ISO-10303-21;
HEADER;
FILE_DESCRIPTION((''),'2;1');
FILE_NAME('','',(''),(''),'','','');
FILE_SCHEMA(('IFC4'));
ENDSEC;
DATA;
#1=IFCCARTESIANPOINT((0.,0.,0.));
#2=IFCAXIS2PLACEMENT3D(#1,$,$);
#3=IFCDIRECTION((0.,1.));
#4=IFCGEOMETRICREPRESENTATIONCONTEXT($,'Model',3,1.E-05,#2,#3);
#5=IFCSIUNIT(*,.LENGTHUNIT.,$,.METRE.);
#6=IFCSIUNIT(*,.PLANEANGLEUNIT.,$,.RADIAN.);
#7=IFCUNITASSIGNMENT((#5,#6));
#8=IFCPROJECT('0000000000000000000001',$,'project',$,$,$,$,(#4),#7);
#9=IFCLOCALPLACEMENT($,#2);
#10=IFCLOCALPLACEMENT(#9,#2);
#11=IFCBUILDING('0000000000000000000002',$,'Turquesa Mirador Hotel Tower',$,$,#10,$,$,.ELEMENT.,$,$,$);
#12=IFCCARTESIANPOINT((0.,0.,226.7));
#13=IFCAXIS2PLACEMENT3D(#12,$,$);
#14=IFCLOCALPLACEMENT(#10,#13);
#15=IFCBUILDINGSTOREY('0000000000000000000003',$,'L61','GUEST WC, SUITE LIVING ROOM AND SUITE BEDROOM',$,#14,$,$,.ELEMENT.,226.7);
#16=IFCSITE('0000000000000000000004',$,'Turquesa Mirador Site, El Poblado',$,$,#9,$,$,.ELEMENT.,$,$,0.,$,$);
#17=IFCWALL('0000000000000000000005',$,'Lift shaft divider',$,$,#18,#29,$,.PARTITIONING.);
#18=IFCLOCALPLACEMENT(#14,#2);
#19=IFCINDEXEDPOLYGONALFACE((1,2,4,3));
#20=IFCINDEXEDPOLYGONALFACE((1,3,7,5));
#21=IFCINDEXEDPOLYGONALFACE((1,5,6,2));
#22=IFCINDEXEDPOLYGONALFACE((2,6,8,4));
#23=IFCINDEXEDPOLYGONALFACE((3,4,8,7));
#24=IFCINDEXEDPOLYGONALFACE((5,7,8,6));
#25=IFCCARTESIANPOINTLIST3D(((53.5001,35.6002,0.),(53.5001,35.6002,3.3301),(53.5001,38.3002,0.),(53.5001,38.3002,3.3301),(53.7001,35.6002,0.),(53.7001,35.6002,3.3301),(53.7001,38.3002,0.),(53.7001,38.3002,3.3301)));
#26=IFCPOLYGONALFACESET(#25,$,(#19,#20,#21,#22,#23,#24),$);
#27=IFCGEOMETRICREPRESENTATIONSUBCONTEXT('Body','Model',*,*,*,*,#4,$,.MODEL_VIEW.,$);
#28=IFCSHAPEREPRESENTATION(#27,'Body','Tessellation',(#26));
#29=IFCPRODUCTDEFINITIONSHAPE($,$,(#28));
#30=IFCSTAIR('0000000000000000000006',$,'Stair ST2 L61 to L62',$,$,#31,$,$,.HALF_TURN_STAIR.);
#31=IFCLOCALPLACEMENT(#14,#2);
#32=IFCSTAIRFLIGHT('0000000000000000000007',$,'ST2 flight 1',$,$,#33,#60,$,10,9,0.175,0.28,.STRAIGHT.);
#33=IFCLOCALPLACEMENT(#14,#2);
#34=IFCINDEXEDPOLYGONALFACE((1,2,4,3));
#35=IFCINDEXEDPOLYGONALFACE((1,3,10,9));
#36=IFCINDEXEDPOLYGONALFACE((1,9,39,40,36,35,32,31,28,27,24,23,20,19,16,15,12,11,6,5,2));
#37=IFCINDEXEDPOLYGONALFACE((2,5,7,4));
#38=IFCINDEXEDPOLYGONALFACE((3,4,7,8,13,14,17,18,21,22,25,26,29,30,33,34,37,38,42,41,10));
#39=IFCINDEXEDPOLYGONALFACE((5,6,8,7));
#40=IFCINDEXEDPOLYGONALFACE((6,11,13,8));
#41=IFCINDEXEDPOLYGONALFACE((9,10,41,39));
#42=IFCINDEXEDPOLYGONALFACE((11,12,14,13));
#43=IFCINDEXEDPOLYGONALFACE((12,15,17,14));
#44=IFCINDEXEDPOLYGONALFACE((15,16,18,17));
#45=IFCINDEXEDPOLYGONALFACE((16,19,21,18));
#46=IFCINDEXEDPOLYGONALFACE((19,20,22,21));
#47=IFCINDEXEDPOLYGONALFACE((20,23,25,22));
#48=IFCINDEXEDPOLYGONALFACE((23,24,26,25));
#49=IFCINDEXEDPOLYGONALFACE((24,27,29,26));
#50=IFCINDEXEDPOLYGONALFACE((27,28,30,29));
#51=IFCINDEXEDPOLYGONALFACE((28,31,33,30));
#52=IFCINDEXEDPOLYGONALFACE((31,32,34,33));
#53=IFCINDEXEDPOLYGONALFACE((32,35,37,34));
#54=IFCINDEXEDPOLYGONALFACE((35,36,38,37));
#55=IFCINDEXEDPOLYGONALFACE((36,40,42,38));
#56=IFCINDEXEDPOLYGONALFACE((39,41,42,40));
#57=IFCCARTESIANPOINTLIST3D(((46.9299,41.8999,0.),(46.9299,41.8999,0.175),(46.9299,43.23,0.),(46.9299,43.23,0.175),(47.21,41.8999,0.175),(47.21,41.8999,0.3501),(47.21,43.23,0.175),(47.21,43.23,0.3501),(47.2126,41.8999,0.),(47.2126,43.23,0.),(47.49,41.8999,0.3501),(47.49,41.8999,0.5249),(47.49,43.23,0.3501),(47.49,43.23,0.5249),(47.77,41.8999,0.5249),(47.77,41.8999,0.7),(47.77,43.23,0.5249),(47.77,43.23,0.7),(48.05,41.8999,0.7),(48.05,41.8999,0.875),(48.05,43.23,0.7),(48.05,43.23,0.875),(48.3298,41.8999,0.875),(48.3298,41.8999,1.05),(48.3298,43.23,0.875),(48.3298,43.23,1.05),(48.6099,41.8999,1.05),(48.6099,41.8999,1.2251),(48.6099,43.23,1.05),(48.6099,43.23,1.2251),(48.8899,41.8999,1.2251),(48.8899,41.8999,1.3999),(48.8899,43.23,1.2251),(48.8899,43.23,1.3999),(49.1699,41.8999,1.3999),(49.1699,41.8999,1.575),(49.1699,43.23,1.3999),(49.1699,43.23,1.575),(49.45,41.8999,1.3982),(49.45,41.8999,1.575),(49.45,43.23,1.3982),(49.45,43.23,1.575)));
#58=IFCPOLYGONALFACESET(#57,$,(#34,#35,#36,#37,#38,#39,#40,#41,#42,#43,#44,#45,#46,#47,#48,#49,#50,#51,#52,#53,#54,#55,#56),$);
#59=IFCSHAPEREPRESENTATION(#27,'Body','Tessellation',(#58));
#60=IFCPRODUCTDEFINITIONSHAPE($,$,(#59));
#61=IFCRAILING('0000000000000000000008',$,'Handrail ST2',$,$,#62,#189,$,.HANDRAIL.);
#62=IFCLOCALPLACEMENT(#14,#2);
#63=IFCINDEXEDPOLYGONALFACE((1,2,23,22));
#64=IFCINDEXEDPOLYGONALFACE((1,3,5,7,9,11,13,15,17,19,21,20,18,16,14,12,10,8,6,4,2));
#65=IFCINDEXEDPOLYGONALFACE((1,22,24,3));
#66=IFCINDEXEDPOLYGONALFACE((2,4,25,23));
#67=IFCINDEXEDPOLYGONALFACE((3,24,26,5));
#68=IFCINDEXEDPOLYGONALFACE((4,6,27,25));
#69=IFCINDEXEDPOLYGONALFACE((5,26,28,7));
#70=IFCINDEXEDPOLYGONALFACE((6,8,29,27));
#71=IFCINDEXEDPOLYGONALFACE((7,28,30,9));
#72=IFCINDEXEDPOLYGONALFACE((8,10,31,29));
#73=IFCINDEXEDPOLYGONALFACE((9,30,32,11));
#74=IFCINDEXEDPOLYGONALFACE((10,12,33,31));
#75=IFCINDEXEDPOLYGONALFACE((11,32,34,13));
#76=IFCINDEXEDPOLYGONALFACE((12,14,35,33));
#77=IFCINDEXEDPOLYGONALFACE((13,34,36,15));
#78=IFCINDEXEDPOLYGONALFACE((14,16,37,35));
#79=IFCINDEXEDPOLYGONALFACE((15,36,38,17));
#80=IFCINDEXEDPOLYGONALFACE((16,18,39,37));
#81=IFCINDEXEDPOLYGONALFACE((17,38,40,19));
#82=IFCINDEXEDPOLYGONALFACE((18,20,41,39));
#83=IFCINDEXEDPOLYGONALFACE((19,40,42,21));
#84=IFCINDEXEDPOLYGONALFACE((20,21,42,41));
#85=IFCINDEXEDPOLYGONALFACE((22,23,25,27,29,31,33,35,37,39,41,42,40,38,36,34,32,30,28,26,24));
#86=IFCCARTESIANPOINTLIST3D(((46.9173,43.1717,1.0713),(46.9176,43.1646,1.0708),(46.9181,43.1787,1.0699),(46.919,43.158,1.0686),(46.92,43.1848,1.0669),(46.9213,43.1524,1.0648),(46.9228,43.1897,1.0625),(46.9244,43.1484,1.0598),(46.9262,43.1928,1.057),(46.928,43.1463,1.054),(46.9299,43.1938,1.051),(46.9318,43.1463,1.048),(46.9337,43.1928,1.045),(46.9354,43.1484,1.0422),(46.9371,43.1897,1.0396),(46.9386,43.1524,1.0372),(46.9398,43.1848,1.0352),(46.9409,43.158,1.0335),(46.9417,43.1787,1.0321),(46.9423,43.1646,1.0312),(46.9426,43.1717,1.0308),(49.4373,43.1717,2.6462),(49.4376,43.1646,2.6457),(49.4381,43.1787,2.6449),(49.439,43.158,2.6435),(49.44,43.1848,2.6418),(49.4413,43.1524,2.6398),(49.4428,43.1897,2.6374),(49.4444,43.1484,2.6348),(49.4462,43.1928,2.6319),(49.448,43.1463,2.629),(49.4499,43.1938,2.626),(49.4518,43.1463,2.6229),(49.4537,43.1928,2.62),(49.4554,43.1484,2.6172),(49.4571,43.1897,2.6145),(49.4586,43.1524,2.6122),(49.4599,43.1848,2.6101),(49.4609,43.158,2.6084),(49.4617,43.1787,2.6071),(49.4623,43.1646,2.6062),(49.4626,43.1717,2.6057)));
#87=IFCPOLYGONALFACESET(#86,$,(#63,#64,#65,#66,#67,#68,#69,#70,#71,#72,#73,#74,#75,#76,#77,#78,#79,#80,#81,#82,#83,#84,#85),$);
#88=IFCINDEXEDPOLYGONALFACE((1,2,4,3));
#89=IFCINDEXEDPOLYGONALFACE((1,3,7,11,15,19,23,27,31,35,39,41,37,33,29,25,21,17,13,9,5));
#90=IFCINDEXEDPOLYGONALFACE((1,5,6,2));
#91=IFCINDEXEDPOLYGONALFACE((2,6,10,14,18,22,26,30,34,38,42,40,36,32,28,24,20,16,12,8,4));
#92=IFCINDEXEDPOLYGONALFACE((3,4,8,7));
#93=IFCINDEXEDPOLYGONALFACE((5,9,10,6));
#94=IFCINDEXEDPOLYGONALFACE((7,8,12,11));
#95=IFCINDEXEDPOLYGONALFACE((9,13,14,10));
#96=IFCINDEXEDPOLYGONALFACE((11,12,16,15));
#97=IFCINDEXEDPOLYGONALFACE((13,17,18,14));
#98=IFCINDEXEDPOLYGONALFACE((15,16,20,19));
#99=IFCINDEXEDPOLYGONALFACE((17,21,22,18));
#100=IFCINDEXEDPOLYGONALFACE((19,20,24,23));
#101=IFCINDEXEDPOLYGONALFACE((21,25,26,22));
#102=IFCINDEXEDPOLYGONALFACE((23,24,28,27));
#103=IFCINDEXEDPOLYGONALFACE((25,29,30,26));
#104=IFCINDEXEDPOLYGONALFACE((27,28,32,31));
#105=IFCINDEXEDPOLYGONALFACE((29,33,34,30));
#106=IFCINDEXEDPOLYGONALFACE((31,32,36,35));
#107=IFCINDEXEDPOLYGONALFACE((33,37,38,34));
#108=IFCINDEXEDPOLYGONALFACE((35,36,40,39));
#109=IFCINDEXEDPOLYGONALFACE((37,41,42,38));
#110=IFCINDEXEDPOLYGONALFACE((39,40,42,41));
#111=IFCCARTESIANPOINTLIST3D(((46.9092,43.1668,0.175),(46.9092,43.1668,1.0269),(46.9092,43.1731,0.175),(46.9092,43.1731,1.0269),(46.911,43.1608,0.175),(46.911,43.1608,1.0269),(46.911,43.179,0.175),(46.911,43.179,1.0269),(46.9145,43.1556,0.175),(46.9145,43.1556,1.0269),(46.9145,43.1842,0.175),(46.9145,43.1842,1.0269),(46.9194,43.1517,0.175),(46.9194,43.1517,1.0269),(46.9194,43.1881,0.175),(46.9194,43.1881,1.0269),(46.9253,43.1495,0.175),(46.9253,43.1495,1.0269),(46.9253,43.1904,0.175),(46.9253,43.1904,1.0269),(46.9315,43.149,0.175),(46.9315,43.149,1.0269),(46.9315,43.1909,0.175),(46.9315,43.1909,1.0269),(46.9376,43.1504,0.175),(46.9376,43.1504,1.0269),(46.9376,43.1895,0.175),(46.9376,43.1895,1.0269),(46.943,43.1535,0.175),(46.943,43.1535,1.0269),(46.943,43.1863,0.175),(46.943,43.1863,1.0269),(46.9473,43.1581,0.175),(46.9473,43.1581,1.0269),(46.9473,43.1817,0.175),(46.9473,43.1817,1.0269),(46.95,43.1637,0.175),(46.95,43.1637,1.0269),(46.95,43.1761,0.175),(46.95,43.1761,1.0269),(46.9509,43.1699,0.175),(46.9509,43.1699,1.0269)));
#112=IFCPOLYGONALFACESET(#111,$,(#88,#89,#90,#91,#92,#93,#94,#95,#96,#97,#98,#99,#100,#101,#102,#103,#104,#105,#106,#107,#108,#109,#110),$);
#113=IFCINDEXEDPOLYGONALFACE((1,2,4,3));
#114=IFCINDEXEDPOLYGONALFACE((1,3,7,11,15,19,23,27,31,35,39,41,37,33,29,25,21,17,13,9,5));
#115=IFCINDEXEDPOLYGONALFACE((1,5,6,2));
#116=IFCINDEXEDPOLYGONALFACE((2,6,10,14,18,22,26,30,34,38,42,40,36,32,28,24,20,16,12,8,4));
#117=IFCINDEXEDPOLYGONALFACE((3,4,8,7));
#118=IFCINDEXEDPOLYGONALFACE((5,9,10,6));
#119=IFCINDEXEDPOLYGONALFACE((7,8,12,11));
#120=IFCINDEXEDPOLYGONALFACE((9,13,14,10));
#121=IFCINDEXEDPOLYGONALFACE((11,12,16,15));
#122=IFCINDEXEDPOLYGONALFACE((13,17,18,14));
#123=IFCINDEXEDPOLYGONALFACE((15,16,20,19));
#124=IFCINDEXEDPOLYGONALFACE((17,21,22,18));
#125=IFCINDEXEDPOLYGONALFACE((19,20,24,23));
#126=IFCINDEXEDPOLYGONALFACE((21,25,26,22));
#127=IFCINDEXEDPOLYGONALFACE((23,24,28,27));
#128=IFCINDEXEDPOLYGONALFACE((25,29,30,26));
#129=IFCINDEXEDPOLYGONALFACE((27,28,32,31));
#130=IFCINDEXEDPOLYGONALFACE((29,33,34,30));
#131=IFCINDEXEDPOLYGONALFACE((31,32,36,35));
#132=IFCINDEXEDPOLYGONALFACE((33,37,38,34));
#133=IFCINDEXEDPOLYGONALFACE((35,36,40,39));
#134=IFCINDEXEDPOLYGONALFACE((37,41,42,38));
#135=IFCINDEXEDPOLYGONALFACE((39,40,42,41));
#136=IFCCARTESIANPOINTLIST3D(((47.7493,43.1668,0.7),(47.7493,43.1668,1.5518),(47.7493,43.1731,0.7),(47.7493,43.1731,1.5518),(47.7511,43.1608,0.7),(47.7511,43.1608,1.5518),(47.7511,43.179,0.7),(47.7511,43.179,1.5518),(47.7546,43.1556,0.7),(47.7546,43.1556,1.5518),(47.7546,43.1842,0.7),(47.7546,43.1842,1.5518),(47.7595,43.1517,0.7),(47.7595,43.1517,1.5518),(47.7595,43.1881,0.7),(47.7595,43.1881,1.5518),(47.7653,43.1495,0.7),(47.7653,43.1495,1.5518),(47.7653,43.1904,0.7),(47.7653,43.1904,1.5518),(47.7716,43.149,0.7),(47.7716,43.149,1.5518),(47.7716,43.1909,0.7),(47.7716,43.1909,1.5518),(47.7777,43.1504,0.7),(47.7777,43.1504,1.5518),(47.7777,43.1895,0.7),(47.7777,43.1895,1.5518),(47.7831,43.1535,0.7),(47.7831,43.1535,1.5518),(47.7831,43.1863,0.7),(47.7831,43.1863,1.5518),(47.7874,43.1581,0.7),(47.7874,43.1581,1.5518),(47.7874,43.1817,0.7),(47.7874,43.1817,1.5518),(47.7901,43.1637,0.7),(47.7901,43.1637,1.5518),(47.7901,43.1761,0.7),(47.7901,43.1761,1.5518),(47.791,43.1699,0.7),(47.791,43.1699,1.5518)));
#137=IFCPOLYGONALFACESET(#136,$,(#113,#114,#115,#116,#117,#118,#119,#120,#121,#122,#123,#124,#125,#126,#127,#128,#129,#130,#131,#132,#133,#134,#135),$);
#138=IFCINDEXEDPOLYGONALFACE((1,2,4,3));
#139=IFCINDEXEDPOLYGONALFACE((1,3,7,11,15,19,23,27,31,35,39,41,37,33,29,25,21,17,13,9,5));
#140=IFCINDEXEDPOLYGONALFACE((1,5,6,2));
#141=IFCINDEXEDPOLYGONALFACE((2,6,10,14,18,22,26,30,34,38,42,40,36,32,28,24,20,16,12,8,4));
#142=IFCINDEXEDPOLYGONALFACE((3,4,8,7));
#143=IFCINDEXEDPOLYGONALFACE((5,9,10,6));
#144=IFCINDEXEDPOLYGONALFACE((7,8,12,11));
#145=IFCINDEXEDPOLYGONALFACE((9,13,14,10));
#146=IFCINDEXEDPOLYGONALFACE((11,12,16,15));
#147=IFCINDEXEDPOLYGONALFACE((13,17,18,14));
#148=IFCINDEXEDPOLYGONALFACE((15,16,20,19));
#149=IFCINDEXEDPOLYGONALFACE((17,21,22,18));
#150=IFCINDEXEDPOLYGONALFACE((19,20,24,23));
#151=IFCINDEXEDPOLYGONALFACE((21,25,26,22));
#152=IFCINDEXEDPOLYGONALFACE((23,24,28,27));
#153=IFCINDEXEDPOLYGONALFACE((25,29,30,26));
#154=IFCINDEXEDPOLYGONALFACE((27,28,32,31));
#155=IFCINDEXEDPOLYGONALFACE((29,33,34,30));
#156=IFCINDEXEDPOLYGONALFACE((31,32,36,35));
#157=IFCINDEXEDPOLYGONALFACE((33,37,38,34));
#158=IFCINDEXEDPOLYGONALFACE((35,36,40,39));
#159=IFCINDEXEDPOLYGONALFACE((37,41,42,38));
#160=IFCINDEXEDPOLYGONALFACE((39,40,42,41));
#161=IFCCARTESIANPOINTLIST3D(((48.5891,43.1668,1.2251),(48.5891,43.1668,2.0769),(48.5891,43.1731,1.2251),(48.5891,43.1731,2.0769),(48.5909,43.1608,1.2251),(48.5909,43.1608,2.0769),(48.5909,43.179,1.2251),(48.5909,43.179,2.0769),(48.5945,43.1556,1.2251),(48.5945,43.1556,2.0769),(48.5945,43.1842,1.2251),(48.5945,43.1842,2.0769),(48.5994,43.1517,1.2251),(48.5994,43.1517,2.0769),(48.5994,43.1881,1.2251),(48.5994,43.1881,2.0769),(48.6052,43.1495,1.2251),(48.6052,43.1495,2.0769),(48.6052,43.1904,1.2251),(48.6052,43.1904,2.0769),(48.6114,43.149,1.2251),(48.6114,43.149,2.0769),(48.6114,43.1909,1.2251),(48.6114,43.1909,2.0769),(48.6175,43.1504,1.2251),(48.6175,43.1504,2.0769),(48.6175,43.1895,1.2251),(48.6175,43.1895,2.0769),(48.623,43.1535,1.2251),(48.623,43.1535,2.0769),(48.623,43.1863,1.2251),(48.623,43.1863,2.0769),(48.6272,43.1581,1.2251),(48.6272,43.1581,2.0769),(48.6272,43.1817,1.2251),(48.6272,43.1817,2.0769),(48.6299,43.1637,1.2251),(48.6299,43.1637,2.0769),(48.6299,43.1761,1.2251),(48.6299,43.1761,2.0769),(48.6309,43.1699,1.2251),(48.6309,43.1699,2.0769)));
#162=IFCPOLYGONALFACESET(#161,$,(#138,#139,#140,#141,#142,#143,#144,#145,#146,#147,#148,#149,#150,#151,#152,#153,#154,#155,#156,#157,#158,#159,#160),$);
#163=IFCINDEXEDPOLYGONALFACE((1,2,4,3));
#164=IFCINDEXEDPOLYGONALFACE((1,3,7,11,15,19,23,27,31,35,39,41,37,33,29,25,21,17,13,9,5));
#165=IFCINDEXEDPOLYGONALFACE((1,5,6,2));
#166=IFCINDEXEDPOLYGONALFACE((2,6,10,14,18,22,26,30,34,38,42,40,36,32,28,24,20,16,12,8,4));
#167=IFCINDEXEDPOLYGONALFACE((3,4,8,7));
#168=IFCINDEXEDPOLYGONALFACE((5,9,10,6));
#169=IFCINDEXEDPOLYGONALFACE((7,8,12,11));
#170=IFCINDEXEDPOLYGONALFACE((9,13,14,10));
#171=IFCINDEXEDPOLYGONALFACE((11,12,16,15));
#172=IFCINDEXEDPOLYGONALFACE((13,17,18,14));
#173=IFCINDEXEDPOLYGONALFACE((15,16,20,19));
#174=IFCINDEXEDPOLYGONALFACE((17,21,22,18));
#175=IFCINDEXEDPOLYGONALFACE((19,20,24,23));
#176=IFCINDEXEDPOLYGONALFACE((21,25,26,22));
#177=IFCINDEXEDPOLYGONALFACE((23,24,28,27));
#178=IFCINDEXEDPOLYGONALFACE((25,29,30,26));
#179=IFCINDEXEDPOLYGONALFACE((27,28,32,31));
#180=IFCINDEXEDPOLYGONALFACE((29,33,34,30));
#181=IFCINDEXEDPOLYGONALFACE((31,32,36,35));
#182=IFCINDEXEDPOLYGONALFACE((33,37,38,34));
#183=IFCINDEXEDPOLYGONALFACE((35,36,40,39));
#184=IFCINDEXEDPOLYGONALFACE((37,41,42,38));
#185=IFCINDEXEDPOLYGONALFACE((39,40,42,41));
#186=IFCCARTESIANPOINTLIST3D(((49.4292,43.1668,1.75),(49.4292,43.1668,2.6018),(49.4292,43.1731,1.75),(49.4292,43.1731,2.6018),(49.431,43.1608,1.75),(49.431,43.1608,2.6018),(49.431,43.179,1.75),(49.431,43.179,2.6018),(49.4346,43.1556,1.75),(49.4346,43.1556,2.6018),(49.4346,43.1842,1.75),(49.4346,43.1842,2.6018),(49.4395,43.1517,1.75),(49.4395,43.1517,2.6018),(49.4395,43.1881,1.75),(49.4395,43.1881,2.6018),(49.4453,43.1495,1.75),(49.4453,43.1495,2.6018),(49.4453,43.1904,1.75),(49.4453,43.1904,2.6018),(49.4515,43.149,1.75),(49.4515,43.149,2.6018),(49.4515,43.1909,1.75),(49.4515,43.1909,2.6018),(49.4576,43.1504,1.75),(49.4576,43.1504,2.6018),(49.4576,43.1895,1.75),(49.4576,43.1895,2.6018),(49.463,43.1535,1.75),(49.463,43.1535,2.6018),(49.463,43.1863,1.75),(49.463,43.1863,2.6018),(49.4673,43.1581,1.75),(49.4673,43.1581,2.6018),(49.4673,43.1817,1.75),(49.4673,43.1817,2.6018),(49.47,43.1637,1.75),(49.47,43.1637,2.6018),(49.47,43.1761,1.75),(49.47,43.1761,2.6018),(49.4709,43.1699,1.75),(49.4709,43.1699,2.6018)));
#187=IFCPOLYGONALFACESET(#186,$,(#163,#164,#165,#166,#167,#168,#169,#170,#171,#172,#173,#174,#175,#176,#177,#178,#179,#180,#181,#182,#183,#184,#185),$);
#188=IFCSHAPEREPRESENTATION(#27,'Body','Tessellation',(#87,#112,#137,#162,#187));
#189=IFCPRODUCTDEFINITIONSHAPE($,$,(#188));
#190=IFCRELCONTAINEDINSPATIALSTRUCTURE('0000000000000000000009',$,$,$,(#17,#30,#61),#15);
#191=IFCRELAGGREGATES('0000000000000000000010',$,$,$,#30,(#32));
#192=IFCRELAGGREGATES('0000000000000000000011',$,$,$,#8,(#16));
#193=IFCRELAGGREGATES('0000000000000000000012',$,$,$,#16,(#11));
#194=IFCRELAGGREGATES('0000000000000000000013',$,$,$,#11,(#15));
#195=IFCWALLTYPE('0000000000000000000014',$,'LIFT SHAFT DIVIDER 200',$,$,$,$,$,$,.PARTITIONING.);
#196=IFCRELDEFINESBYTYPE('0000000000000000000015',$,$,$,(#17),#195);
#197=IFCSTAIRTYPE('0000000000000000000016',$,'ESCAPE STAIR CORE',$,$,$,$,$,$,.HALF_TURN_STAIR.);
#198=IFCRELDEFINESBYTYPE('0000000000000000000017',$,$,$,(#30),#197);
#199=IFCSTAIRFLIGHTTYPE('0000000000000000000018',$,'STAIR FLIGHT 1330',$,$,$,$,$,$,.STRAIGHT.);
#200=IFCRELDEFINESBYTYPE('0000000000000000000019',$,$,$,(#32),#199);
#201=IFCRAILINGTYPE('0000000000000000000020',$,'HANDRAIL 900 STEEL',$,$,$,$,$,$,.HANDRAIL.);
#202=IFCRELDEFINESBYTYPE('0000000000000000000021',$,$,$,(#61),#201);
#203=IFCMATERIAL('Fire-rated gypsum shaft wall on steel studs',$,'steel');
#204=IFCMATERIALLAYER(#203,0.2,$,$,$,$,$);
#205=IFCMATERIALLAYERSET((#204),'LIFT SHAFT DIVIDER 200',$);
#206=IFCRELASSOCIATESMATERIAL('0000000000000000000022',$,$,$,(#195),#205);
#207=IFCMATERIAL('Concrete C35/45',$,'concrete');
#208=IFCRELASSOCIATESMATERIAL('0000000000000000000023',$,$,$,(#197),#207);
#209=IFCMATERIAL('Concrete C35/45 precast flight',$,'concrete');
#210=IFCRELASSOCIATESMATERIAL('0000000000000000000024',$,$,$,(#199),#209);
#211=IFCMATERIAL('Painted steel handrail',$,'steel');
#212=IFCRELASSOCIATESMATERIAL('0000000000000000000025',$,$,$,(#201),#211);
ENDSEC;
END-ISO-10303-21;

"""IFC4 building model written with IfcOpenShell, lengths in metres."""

from ifc_helpers import new_model, si_unit, direction, frame, frame_2d, origin, origin_2d, place, context, subcontext, project, spatial, polyline, rectangle, circle, outline, extrude, material, layer, layer_set, type_object, element, aggregate, save


model = new_model("IFC4")

# Units and contexts
model_context = context("Model", 3, precision=1e-05, world=origin(), true_north=direction((0.0, 1.0)))
body_context = subcontext(model_context, "Body", "Model", "MODEL_VIEW")
ifc_project = project(units=[si_unit("LENGTHUNIT", "METRE"), si_unit("PLANEANGLEUNIT", "RADIAN")], contexts=[model_context])

# Site, building, storey
site_placement = place(None, origin())
site = spatial("IfcSite", under=ifc_project, at=site_placement, Name="Turquesa Mirador Site, El Poblado", CompositionType="ELEMENT", RefElevation=0.0)
building_placement = place(site_placement, origin())
building = spatial("IfcBuilding", under=site, at=building_placement, Name="Turquesa Mirador Hotel Tower", CompositionType="ELEMENT")
storey_placement = place(building_placement, frame((0.0, 0.0, 226.7)))
storey = spatial("IfcBuildingStorey", under=building, at=storey_placement, Name="L61", Description="GUEST WC, SUITE LIVING ROOM AND SUITE BEDROOM", CompositionType="ELEMENT", Elevation=226.7)

# Wall
ifc_material_1 = material(Name="Fire-rated gypsum shaft wall on steel studs", Category="steel")
ifc_layer_1 = layer(ifc_material_1, 0.2)
ifc_layer_set_1 = layer_set([ifc_layer_1], Name="LIFT SHAFT DIVIDER 200")
wall_type_1 = type_object("IfcWallType", Name="LIFT SHAFT DIVIDER 200", PredefinedType="PARTITIONING", material=ifc_layer_set_1)
for number, where, z_axis, x_axis, name in (
    (1, (53.6001, 35.6001, 0.0), (0.0, 0.0, 1.0), (0.0, 1.0, 0.0), "Lift shaft divider"),
):
    element("IfcWall", number, at=place(storey_placement, frame(where, z_axis=z_axis, x_axis=x_axis)), inside=storey, type_object=wall_type_1, Name=name, PredefinedType="PARTITIONING", context=body_context, shape_type="SweptSolid", body=[
        extrude(rectangle(XDim=2.7, YDim=0.2, at=frame_2d((1.3501, 0.0))), origin(), (0.0, 0.0, 1.0), 3.3301),
    ])

# Stair, stair flight
ifc_material_2 = material(Name="Concrete C35/45", Category="concrete")
stair_type = type_object("IfcStairType", Name="ESCAPE STAIR CORE", PredefinedType="HALF_TURN_STAIR", material=ifc_material_2)
stair_placement = place(storey_placement, origin())
stair = element("IfcStair", 2, at=stair_placement, inside=storey, type_object=stair_type, Name="Stair ST2 L61 to L62", PredefinedType="HALF_TURN_STAIR")
ifc_material_3 = material(Name="Concrete C35/45 precast flight", Category="concrete")
stair_flight_type = type_object("IfcStairFlightType", Name="STAIR FLIGHT 1330", PredefinedType="STRAIGHT", material=ifc_material_3)
stair_flight_placement = place(storey_placement, frame((46.9299, 42.5649, 0.0), z_axis=(0.0, 0.0, 1.0), x_axis=(1.0, 0.0, 0.0)))
stair_flight = element("IfcStairFlight", 3, at=stair_flight_placement, type_object=stair_flight_type, Name="ST2 flight 1", NumberOfRisers=10, NumberOfTreads=9, PredefinedType="STRAIGHT", RiserHeight=0.175, TreadLength=0.28, context=body_context, shape_type="SweptSolid", body=[
    extrude(outline(polyline([(0.0, 0.0), (0.0, 0.175), (0.28, 0.175), (0.28, 0.3501), (0.5601, 0.3501), (0.5601, 0.5249), (0.8401, 0.5249), (0.8401, 0.7), (1.1201, 0.7), (1.1201, 0.875), (1.3999, 0.875), (1.3999, 1.05), (1.6799, 1.05), (1.6799, 1.2251), (1.96, 1.2251), (1.96, 1.3999), (2.24, 1.3999), (2.24, 1.575), (2.52, 1.575), (2.52, 1.75), (2.52, 1.3982), (0.2827, 0.0), (0.0, 0.0)])), frame((0.0, 0.665, 0.0), z_axis=(0.0, -1.0, 0.0), x_axis=(1.0, 0.0, 0.0)), (0.0, 0.0, 1.0), 1.3301),
])
aggregate(stair, [stair_flight])

# Railing
ifc_material_4 = material(Name="Painted steel handrail", Category="steel")
railing_type = type_object("IfcRailingType", Name="HANDRAIL 900 STEEL", PredefinedType="HANDRAIL", material=ifc_material_4)
railing_placement = place(storey_placement, frame((46.9299, 43.1699, 0.175)))
element("IfcRailing", 4, at=railing_placement, inside=storey, type_object=railing_type, Name="Handrail ST2", PredefinedType="HANDRAIL", context=body_context, shape_type="SweptSolid", body=[
    extrude(circle(Radius=0.0239, at=origin_2d()), frame((0.0, 0.0, 0.876), z_axis=(0.848008, 0.0, 0.529984), x_axis=(0.0, 1.0, 0.0)), (0.0, 0.0, 1.0), 2.9717),
    extrude(circle(Radius=0.021, at=origin_2d()), origin(), (0.0, 0.0, 1.0), 0.8518),
    extrude(circle(Radius=0.021, at=origin_2d()), frame((0.8401, 0.0, 0.5249)), (0.0, 0.0, 1.0), 0.8518),
    extrude(circle(Radius=0.021, at=origin_2d()), frame((1.6799, 0.0, 1.05)), (0.0, 0.0, 1.0), 0.8518),
    extrude(circle(Radius=0.021, at=origin_2d()), frame((2.52, 0.0, 1.575)), (0.0, 0.0, 1.0), 0.8518),
])

save(model, "model.ifc")
